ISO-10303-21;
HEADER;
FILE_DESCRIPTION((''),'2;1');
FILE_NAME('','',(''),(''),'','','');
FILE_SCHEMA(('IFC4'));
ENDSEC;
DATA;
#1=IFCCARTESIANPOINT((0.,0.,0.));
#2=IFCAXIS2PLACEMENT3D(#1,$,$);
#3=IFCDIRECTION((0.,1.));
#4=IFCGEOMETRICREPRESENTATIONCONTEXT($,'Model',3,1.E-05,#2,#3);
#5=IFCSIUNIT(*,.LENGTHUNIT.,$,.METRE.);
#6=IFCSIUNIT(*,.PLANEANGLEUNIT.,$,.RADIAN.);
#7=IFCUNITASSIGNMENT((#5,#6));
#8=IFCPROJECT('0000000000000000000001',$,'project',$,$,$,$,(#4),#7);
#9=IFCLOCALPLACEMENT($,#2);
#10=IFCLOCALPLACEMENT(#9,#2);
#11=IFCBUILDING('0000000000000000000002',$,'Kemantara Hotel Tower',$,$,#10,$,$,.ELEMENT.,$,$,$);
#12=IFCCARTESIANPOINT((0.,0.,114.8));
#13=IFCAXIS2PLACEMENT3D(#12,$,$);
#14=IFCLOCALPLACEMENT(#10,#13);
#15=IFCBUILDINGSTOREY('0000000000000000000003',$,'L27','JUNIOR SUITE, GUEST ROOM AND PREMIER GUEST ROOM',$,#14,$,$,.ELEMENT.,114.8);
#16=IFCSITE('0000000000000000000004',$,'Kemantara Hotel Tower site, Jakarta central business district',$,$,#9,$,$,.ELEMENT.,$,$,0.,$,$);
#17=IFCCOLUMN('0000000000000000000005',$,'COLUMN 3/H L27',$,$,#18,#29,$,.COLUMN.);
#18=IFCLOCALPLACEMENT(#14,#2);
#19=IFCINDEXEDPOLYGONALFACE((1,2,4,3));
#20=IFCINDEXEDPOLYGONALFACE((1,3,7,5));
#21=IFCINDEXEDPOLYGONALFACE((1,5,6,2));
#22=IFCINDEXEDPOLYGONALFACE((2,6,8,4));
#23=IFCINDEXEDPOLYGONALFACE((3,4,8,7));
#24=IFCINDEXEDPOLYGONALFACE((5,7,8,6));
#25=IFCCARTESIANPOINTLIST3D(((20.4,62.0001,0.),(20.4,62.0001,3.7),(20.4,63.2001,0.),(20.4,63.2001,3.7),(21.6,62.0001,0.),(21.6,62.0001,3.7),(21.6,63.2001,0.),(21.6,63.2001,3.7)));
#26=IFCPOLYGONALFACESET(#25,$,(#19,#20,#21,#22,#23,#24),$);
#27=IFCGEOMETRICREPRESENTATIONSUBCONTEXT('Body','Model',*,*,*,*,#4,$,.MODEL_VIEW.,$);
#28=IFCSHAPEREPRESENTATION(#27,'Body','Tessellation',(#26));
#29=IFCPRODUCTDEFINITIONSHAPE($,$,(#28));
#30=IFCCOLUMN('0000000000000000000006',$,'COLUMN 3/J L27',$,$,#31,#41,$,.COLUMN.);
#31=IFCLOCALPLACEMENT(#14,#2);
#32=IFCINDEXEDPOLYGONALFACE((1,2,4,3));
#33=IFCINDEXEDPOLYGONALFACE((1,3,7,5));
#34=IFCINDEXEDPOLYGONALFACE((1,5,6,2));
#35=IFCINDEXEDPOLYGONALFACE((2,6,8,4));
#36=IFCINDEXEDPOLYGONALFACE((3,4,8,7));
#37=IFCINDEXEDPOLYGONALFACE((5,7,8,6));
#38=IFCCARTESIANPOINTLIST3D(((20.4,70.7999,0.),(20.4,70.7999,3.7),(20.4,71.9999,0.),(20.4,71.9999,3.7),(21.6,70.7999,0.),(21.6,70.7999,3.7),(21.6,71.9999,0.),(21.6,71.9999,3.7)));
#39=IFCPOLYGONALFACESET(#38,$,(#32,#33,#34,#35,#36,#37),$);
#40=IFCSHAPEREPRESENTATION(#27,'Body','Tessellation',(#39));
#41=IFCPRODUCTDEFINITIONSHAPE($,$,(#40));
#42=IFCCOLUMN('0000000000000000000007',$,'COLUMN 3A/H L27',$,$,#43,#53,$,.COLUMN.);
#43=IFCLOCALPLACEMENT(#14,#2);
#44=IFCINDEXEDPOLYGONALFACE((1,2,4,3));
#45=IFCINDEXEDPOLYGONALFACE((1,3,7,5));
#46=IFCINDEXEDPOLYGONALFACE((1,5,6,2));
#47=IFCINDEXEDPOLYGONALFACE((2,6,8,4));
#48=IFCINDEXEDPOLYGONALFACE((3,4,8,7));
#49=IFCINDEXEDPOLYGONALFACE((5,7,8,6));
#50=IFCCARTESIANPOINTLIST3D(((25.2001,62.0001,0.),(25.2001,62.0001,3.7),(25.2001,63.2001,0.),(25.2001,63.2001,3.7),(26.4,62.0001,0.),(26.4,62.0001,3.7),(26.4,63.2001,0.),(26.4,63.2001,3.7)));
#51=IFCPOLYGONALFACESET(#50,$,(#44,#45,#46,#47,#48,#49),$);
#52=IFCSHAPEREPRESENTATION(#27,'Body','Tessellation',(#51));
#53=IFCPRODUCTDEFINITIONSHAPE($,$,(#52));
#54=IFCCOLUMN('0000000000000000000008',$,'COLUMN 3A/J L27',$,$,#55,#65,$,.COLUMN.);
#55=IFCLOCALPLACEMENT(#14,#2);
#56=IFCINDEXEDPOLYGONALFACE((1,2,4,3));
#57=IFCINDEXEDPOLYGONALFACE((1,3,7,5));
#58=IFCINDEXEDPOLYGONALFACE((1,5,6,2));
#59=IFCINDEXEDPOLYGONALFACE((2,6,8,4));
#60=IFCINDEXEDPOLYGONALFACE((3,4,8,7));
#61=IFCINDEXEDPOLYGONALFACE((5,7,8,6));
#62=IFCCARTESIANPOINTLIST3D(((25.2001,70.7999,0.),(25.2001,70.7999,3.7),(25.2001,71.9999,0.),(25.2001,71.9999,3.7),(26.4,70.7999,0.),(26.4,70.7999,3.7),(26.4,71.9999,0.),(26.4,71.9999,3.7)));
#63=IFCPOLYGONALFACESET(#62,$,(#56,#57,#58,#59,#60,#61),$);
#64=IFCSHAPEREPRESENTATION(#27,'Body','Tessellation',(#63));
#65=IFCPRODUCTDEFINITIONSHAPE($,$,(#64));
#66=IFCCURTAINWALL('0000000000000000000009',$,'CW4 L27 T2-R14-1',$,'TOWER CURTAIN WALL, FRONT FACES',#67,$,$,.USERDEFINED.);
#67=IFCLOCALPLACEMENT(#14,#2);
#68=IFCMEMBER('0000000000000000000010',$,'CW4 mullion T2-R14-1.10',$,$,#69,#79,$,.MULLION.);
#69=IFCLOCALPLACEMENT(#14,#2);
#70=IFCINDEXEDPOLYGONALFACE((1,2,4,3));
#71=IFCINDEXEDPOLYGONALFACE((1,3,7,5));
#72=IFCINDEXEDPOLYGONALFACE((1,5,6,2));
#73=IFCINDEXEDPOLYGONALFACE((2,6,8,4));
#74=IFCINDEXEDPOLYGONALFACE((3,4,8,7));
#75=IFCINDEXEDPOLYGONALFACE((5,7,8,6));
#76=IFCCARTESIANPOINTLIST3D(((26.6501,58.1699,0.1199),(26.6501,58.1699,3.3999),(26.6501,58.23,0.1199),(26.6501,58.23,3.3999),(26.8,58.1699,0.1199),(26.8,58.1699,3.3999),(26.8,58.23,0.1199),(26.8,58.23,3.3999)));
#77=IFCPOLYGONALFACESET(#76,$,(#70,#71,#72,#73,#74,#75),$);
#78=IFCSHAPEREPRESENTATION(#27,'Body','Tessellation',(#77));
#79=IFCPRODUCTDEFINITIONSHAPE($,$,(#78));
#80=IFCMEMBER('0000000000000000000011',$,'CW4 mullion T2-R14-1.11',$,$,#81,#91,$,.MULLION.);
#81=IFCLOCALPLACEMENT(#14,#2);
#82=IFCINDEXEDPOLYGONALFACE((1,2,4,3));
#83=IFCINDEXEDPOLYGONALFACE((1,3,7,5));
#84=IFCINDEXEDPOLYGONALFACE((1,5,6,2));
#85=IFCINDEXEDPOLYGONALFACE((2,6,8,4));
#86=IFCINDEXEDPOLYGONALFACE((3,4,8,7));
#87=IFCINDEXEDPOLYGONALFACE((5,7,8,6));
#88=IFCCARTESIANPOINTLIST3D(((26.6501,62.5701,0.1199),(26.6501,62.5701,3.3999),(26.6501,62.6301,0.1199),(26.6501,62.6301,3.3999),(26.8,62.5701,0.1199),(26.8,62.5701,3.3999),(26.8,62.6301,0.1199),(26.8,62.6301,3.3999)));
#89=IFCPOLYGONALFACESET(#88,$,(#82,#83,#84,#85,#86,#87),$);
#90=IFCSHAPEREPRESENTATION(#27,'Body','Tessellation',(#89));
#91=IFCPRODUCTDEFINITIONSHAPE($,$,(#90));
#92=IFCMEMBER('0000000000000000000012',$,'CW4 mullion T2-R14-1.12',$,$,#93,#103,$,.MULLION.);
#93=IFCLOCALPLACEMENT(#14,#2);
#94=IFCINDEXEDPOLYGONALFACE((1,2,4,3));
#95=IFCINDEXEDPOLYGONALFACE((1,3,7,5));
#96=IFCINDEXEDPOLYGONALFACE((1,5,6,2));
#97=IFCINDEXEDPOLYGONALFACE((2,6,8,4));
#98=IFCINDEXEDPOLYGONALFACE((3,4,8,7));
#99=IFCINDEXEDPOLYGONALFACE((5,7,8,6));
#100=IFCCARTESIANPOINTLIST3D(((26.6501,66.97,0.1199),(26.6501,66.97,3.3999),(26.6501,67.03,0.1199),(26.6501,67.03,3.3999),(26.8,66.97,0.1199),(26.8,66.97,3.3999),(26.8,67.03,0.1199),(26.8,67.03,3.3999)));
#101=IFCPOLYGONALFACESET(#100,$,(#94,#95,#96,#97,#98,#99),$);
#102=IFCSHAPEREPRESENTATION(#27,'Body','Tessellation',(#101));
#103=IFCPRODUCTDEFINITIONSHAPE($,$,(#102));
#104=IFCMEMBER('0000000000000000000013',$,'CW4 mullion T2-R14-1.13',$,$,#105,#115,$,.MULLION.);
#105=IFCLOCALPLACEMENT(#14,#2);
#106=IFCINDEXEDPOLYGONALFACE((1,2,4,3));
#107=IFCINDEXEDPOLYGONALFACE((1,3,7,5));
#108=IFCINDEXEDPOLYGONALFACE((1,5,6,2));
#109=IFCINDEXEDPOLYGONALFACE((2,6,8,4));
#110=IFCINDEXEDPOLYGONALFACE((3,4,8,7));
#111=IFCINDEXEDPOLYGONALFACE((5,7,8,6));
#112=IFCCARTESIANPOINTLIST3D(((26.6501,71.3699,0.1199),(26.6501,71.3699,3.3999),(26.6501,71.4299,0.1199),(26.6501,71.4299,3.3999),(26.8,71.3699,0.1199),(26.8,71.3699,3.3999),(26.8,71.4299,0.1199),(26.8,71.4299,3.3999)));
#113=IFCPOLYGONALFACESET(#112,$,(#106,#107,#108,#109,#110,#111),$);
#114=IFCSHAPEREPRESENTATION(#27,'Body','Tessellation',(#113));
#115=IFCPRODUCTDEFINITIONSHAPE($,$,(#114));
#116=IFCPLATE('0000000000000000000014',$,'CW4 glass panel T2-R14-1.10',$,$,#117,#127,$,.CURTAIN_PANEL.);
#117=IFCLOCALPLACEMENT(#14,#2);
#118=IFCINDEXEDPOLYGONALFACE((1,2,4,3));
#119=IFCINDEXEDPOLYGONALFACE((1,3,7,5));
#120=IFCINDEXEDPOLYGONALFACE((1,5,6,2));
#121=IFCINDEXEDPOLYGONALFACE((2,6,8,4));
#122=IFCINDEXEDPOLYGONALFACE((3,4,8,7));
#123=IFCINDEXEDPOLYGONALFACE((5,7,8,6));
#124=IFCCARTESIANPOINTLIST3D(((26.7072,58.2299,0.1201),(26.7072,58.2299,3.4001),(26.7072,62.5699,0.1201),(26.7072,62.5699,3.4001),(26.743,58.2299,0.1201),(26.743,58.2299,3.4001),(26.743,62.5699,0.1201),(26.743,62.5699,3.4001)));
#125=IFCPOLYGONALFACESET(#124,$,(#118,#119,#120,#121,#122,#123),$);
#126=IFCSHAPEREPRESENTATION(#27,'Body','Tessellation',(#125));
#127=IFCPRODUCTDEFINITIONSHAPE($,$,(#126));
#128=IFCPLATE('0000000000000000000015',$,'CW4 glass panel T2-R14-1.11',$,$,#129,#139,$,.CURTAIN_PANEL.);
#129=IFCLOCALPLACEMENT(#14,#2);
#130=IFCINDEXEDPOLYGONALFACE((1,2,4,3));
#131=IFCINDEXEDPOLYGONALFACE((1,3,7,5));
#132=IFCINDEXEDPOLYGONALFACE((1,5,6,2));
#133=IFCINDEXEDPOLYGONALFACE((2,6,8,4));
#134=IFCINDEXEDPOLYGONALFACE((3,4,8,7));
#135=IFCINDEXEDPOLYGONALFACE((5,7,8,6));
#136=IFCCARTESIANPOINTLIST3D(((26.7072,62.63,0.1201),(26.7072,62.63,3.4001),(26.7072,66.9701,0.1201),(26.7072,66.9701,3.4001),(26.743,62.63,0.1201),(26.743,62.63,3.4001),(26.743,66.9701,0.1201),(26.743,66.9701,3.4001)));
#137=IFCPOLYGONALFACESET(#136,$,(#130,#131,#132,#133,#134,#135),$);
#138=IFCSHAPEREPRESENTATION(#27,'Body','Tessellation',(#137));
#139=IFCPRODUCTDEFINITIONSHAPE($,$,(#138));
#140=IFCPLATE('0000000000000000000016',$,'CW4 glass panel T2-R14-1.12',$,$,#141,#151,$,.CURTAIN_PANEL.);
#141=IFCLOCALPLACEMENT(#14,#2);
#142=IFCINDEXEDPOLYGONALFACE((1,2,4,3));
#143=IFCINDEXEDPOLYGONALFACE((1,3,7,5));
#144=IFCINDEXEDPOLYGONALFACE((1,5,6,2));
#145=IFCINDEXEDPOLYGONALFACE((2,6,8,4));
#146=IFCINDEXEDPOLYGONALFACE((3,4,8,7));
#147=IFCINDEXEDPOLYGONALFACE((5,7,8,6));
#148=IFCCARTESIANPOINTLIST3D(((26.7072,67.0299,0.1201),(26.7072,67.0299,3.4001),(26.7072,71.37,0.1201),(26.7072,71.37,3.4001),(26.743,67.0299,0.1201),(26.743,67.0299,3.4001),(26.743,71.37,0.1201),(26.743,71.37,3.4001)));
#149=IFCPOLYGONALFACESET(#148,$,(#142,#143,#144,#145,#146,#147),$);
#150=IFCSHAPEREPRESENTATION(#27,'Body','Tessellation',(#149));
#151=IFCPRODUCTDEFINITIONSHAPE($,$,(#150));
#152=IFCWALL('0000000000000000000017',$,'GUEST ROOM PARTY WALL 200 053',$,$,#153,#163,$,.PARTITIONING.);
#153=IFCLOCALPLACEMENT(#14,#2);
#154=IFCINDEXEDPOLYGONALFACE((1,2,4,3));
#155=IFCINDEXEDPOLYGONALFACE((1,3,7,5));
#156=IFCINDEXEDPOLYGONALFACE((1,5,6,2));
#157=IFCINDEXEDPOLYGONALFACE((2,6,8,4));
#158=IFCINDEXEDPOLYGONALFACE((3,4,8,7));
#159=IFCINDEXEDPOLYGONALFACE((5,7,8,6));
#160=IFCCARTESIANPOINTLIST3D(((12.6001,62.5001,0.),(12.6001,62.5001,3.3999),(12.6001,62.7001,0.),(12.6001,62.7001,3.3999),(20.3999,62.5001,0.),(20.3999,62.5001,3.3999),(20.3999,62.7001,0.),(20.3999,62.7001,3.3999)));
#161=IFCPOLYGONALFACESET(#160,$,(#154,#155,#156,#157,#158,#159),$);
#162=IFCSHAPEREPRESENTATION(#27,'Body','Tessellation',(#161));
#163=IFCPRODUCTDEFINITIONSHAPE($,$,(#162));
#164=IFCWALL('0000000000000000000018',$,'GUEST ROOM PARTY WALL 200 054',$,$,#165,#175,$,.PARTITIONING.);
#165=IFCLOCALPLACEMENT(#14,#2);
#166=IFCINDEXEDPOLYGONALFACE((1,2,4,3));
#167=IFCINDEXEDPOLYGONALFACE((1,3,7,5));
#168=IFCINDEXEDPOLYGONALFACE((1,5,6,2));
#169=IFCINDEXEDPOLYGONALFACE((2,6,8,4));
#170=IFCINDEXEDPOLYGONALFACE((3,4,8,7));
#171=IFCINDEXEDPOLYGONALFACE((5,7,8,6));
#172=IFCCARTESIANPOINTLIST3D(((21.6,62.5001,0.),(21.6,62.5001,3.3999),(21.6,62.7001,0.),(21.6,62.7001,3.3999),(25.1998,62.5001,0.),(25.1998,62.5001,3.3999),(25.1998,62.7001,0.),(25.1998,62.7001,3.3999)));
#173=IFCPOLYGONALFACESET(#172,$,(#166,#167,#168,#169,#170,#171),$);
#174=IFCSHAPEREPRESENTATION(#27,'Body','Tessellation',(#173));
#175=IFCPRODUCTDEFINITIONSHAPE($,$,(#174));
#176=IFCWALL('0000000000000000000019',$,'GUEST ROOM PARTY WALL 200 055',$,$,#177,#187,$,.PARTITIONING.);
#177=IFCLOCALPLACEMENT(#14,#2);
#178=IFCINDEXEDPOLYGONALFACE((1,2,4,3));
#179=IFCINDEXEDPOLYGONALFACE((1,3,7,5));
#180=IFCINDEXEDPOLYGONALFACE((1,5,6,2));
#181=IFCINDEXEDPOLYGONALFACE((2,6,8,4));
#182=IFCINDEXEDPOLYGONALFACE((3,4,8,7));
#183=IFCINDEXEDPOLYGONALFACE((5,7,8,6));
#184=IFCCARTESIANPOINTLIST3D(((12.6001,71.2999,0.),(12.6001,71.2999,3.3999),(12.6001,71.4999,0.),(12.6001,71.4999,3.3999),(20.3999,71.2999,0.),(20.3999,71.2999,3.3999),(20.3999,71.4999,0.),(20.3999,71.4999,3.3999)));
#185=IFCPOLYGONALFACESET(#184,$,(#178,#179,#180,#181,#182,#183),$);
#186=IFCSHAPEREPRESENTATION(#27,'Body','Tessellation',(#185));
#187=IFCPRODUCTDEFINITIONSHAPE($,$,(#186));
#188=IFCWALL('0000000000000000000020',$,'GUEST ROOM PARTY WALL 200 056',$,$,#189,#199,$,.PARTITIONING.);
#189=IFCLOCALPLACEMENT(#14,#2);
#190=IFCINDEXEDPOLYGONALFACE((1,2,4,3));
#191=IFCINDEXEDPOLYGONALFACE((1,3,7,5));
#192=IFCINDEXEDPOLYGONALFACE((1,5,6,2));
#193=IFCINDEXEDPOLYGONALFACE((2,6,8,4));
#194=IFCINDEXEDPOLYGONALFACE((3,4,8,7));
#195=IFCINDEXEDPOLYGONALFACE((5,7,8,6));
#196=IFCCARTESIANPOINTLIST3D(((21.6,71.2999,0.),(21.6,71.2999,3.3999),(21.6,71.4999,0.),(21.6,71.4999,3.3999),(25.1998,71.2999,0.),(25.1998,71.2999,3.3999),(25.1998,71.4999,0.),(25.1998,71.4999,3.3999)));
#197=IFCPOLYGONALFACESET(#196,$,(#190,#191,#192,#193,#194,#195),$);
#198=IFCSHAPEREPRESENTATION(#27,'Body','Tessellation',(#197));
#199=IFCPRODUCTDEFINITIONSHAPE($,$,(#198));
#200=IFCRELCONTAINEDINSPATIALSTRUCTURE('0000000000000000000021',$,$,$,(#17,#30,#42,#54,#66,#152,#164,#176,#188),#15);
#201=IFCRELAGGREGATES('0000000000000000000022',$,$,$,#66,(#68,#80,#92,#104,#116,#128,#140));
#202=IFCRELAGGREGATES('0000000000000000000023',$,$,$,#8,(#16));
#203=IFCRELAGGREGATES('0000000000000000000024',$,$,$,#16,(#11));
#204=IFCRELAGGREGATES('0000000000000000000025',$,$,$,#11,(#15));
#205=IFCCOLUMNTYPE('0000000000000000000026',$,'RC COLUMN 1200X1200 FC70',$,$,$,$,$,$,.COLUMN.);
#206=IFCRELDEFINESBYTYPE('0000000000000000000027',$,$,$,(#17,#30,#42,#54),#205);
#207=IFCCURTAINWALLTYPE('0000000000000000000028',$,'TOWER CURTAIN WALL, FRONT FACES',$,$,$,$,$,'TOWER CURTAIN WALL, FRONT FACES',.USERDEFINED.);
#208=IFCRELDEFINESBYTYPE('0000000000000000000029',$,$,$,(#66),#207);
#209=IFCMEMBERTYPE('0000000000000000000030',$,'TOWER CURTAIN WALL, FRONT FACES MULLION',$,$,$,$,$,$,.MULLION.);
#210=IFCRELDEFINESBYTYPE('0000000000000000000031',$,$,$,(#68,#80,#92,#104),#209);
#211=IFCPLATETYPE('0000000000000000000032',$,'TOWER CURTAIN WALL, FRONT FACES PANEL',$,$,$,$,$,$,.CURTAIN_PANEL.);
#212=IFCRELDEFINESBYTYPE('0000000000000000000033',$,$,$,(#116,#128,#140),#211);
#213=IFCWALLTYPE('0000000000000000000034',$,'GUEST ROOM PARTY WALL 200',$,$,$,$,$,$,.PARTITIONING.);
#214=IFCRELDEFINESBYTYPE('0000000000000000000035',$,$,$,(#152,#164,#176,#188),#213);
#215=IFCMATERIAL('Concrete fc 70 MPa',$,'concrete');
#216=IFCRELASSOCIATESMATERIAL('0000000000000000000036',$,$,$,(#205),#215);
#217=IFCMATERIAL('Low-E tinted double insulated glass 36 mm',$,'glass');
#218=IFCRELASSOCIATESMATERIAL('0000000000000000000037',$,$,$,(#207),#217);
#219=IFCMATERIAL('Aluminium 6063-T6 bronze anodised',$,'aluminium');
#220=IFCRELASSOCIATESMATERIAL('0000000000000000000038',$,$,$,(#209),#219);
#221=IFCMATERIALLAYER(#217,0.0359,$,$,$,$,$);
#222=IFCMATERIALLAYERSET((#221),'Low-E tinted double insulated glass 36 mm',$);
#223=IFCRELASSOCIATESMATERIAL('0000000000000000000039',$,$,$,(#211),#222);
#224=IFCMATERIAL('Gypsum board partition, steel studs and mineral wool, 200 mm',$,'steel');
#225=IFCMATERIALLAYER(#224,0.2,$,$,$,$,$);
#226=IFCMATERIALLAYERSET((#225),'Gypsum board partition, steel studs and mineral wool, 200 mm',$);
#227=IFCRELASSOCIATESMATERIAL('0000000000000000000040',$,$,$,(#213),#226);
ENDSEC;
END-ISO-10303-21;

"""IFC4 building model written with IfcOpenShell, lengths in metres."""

from ifc_helpers import new_model, si_unit, direction, frame, frame_2d, origin, origin_2d, place, context, subcontext, project, spatial, rectangle, extrude, source, transform, mapped, material, layer, layer_set, material_profile, profile_set, type_object, element, aggregate, save


model = new_model("IFC4")

# Units and contexts
model_context = context("Model", 3, precision=1e-05, world=origin(), true_north=direction((0.0, 1.0)))
body_context = subcontext(model_context, "Body", "Model", "MODEL_VIEW")
ifc_project = project(units=[si_unit("LENGTHUNIT", "METRE"), si_unit("PLANEANGLEUNIT", "RADIAN")], contexts=[model_context])

# Site, building, storey
site_placement = place(None, origin())
site = spatial("IfcSite", under=ifc_project, at=site_placement, Name="Kemantara Hotel Tower site, Jakarta central business district", CompositionType="ELEMENT", RefElevation=0.0)
building_placement = place(site_placement, origin())
building = spatial("IfcBuilding", under=site, at=building_placement, Name="Kemantara Hotel Tower", CompositionType="ELEMENT")
storey_placement = place(building_placement, frame((0.0, 0.0, 114.8)))
storey = spatial("IfcBuildingStorey", under=building, at=storey_placement, Name="L27", Description="JUNIOR SUITE, GUEST ROOM AND PREMIER GUEST ROOM", CompositionType="ELEMENT", Elevation=114.8)

# Columns
ifc_material_1 = material(Name="Concrete fc 70 MPa", Category="concrete")
ifc_material_profile_1 = material_profile(ifc_material_1, rectangle(XDim=1.2, YDim=1.2, at=origin_2d()), Name="RC 1200X1200")
ifc_profile_set_1 = profile_set([ifc_material_profile_1], Name="Concrete fc 70 MPa")
column_type = type_object("IfcColumnType", Name="RC COLUMN 1200X1200 FC70", PredefinedType="COLUMN", material=ifc_profile_set_1)
for number, where, z_axis, x_axis, name in (
    (1, (21.0, 62.6001, 0.0), (0.0, 0.0, 1.0), (1.0, 0.0, 0.0), "COLUMN 3/H L27"),
    (2, (21.0, 71.3999, 0.0), (0.0, 0.0, 1.0), (1.0, 0.0, 0.0), "COLUMN 3/J L27"),
    (3, (25.8, 62.6001, 0.0), (0.0, 0.0, 1.0), (1.0, 0.0, 0.0), "COLUMN 3A/H L27"),
    (4, (25.8, 71.3999, 0.0), (0.0, 0.0, 1.0), (1.0, 0.0, 0.0), "COLUMN 3A/J L27"),
):
    element("IfcColumn", number, at=place(storey_placement, frame(where, z_axis=z_axis, x_axis=x_axis)), inside=storey, type_object=column_type, Name=name, PredefinedType="COLUMN", context=body_context, shape_type="SweptSolid", body=[
        extrude(rectangle(XDim=1.2, YDim=1.2, at=origin_2d()), origin(), (0.0, 0.0, 1.0), 3.7),
    ])

# Curtain wall, members, plates
ifc_material_2 = material(Name="Low-E tinted double insulated glass 36 mm", Category="glass")
curtain_wall_type = type_object("IfcCurtainWallType", Name="TOWER CURTAIN WALL, FRONT FACES", ElementType="TOWER CURTAIN WALL, FRONT FACES", PredefinedType="USERDEFINED", material=ifc_material_2)
curtain_wall_placement = place(storey_placement, origin())
curtain_wall = element("IfcCurtainWall", 5, at=curtain_wall_placement, inside=storey, type_object=curtain_wall_type, Name="CW4 L27 T2-R14-1", ObjectType="TOWER CURTAIN WALL, FRONT FACES", PredefinedType="USERDEFINED")
ifc_material_3 = material(Name="Aluminium 6063-T6 bronze anodised", Category="aluminium")
ifc_material_profile_2 = material_profile(ifc_material_3, rectangle(XDim=0.1499, YDim=0.0601, at=origin_2d()), Name="TOWER CURTAIN WALL, FRONT FACES MULLION")
ifc_profile_set_2 = profile_set([ifc_material_profile_2], Name="Aluminium 6063-T6 bronze anodised")
member_type = type_object("IfcMemberType", Name="TOWER CURTAIN WALL, FRONT FACES MULLION", PredefinedType="MULLION", material=ifc_profile_set_2)
shared_shape_1 = source(origin(), body_context, "Body", "SweptSolid", [
    extrude(rectangle(XDim=0.1499, YDim=0.0601, at=origin_2d()), origin(), (0.0, 0.0, 1.0), 3.28),
])
member_1_placement = place(storey_placement, frame((26.7251, 58.2, 0.1199), z_axis=(0.0, 0.0, 1.0), x_axis=(-1.0, 0.0, 0.0)))
member_1 = element("IfcMember", 6, at=member_1_placement, type_object=member_type, Name="CW4 mullion T2-R14-1.10", PredefinedType="MULLION", context=body_context, shape_type="MappedRepresentation", body=[
    mapped(shared_shape_1, transform((0.0, 0.0, 0.0))),
])
member_2_placement = place(storey_placement, frame((26.7251, 62.6001, 0.1199), z_axis=(0.0, 0.0, 1.0), x_axis=(-1.0, 0.0, 0.0)))
member_2 = element("IfcMember", 7, at=member_2_placement, type_object=member_type, Name="CW4 mullion T2-R14-1.11", PredefinedType="MULLION", context=body_context, shape_type="MappedRepresentation", body=[
    mapped(shared_shape_1, transform((0.0, 0.0, 0.0))),
])
member_3_placement = place(storey_placement, frame((26.7251, 67.0, 0.1199), z_axis=(0.0, 0.0, 1.0), x_axis=(-1.0, 0.0, 0.0)))
member_3 = element("IfcMember", 8, at=member_3_placement, type_object=member_type, Name="CW4 mullion T2-R14-1.12", PredefinedType="MULLION", context=body_context, shape_type="MappedRepresentation", body=[
    mapped(shared_shape_1, transform((0.0, 0.0, 0.0))),
])
member_4_placement = place(storey_placement, frame((26.7251, 71.3999, 0.1199), z_axis=(0.0, 0.0, 1.0), x_axis=(-1.0, 0.0, 0.0)))
member_4 = element("IfcMember", 9, at=member_4_placement, type_object=member_type, Name="CW4 mullion T2-R14-1.13", PredefinedType="MULLION", context=body_context, shape_type="MappedRepresentation", body=[
    mapped(shared_shape_1, transform((0.0, 0.0, 0.0))),
])
ifc_layer_1 = layer(ifc_material_2, 0.0359)
ifc_layer_set_1 = layer_set([ifc_layer_1], Name="Low-E tinted double insulated glass 36 mm")
plate_type = type_object("IfcPlateType", Name="TOWER CURTAIN WALL, FRONT FACES PANEL", PredefinedType="CURTAIN_PANEL", material=ifc_layer_set_1)
shared_shape_2 = source(origin(), body_context, "Body", "SweptSolid", [
    extrude(rectangle(XDim=4.3401, YDim=0.0359, at=origin_2d()), origin(), (0.0, 0.0, 1.0), 3.28),
])
plate_1_placement = place(storey_placement, frame((26.7251, 60.3999, 0.1201), z_axis=(0.0, 0.0, 1.0), x_axis=(0.0, 1.0, 0.0)))
plate_1 = element("IfcPlate", 10, at=plate_1_placement, type_object=plate_type, Name="CW4 glass panel T2-R14-1.10", PredefinedType="CURTAIN_PANEL", context=body_context, shape_type="MappedRepresentation", body=[
    mapped(shared_shape_2, transform((0.0, 0.0, 0.0))),
])
plate_2_placement = place(storey_placement, frame((26.7251, 64.8, 0.1201), z_axis=(0.0, 0.0, 1.0), x_axis=(0.0, 1.0, 0.0)))
plate_2 = element("IfcPlate", 11, at=plate_2_placement, type_object=plate_type, Name="CW4 glass panel T2-R14-1.11", PredefinedType="CURTAIN_PANEL", context=body_context, shape_type="MappedRepresentation", body=[
    mapped(shared_shape_2, transform((0.0, 0.0, 0.0))),
])
plate_3_placement = place(storey_placement, frame((26.7251, 69.2, 0.1201), z_axis=(0.0, 0.0, 1.0), x_axis=(0.0, 1.0, 0.0)))
plate_3 = element("IfcPlate", 12, at=plate_3_placement, type_object=plate_type, Name="CW4 glass panel T2-R14-1.12", PredefinedType="CURTAIN_PANEL", context=body_context, shape_type="MappedRepresentation", body=[
    mapped(shared_shape_2, transform((0.0, 0.0, 0.0))),
])
aggregate(curtain_wall, [member_1, member_2, member_3, member_4, plate_1, plate_2, plate_3])

# Walls
ifc_material_4 = material(Name="Gypsum board partition, steel studs and mineral wool, 200 mm", Category="steel")
ifc_layer_2 = layer(ifc_material_4, 0.2)
ifc_layer_set_2 = layer_set([ifc_layer_2], Name="Gypsum board partition, steel studs and mineral wool, 200 mm")
wall_type_1 = type_object("IfcWallType", Name="GUEST ROOM PARTY WALL 200", PredefinedType="PARTITIONING", material=ifc_layer_set_2)
wall_1_placement = place(storey_placement, frame((12.6001, 62.6001, 0.0), z_axis=(0.0, 0.0, 1.0), x_axis=(1.0, 0.0, 0.0)))
element("IfcWall", 13, at=wall_1_placement, inside=storey, type_object=wall_type_1, Name="GUEST ROOM PARTY WALL 200 053", PredefinedType="PARTITIONING", context=body_context, shape_type="SweptSolid", body=[
    extrude(rectangle(XDim=7.7998, YDim=0.2, at=frame_2d((3.8999, 0.0))), origin(), (0.0, 0.0, 1.0), 3.3999),
])
wall_2_placement = place(storey_placement, frame((21.6001, 62.6001, 0.0), z_axis=(0.0, 0.0, 1.0), x_axis=(1.0, 0.0, 0.0)))
element("IfcWall", 14, at=wall_2_placement, inside=storey, type_object=wall_type_1, Name="GUEST ROOM PARTY WALL 200 054", PredefinedType="PARTITIONING", context=body_context, shape_type="SweptSolid", body=[
    extrude(rectangle(XDim=3.5999, YDim=0.2, at=frame_2d((1.7998, 0.0))), origin(), (0.0, 0.0, 1.0), 3.3999),
])
wall_3_placement = place(storey_placement, frame((12.6001, 71.3999, 0.0), z_axis=(0.0, 0.0, 1.0), x_axis=(1.0, 0.0, 0.0)))
element("IfcWall", 15, at=wall_3_placement, inside=storey, type_object=wall_type_1, Name="GUEST ROOM PARTY WALL 200 055", PredefinedType="PARTITIONING", context=body_context, shape_type="SweptSolid", body=[
    extrude(rectangle(XDim=7.7998, YDim=0.2, at=frame_2d((3.8999, 0.0))), origin(), (0.0, 0.0, 1.0), 3.3999),
])
wall_4_placement = place(storey_placement, frame((21.6001, 71.3999, 0.0), z_axis=(0.0, 0.0, 1.0), x_axis=(1.0, 0.0, 0.0)))
element("IfcWall", 16, at=wall_4_placement, inside=storey, type_object=wall_type_1, Name="GUEST ROOM PARTY WALL 200 056", PredefinedType="PARTITIONING", context=body_context, shape_type="SweptSolid", body=[
    extrude(rectangle(XDim=3.5999, YDim=0.2, at=frame_2d((1.7998, 0.0))), origin(), (0.0, 0.0, 1.0), 3.3999),
])

save(model, "model.ifc")
